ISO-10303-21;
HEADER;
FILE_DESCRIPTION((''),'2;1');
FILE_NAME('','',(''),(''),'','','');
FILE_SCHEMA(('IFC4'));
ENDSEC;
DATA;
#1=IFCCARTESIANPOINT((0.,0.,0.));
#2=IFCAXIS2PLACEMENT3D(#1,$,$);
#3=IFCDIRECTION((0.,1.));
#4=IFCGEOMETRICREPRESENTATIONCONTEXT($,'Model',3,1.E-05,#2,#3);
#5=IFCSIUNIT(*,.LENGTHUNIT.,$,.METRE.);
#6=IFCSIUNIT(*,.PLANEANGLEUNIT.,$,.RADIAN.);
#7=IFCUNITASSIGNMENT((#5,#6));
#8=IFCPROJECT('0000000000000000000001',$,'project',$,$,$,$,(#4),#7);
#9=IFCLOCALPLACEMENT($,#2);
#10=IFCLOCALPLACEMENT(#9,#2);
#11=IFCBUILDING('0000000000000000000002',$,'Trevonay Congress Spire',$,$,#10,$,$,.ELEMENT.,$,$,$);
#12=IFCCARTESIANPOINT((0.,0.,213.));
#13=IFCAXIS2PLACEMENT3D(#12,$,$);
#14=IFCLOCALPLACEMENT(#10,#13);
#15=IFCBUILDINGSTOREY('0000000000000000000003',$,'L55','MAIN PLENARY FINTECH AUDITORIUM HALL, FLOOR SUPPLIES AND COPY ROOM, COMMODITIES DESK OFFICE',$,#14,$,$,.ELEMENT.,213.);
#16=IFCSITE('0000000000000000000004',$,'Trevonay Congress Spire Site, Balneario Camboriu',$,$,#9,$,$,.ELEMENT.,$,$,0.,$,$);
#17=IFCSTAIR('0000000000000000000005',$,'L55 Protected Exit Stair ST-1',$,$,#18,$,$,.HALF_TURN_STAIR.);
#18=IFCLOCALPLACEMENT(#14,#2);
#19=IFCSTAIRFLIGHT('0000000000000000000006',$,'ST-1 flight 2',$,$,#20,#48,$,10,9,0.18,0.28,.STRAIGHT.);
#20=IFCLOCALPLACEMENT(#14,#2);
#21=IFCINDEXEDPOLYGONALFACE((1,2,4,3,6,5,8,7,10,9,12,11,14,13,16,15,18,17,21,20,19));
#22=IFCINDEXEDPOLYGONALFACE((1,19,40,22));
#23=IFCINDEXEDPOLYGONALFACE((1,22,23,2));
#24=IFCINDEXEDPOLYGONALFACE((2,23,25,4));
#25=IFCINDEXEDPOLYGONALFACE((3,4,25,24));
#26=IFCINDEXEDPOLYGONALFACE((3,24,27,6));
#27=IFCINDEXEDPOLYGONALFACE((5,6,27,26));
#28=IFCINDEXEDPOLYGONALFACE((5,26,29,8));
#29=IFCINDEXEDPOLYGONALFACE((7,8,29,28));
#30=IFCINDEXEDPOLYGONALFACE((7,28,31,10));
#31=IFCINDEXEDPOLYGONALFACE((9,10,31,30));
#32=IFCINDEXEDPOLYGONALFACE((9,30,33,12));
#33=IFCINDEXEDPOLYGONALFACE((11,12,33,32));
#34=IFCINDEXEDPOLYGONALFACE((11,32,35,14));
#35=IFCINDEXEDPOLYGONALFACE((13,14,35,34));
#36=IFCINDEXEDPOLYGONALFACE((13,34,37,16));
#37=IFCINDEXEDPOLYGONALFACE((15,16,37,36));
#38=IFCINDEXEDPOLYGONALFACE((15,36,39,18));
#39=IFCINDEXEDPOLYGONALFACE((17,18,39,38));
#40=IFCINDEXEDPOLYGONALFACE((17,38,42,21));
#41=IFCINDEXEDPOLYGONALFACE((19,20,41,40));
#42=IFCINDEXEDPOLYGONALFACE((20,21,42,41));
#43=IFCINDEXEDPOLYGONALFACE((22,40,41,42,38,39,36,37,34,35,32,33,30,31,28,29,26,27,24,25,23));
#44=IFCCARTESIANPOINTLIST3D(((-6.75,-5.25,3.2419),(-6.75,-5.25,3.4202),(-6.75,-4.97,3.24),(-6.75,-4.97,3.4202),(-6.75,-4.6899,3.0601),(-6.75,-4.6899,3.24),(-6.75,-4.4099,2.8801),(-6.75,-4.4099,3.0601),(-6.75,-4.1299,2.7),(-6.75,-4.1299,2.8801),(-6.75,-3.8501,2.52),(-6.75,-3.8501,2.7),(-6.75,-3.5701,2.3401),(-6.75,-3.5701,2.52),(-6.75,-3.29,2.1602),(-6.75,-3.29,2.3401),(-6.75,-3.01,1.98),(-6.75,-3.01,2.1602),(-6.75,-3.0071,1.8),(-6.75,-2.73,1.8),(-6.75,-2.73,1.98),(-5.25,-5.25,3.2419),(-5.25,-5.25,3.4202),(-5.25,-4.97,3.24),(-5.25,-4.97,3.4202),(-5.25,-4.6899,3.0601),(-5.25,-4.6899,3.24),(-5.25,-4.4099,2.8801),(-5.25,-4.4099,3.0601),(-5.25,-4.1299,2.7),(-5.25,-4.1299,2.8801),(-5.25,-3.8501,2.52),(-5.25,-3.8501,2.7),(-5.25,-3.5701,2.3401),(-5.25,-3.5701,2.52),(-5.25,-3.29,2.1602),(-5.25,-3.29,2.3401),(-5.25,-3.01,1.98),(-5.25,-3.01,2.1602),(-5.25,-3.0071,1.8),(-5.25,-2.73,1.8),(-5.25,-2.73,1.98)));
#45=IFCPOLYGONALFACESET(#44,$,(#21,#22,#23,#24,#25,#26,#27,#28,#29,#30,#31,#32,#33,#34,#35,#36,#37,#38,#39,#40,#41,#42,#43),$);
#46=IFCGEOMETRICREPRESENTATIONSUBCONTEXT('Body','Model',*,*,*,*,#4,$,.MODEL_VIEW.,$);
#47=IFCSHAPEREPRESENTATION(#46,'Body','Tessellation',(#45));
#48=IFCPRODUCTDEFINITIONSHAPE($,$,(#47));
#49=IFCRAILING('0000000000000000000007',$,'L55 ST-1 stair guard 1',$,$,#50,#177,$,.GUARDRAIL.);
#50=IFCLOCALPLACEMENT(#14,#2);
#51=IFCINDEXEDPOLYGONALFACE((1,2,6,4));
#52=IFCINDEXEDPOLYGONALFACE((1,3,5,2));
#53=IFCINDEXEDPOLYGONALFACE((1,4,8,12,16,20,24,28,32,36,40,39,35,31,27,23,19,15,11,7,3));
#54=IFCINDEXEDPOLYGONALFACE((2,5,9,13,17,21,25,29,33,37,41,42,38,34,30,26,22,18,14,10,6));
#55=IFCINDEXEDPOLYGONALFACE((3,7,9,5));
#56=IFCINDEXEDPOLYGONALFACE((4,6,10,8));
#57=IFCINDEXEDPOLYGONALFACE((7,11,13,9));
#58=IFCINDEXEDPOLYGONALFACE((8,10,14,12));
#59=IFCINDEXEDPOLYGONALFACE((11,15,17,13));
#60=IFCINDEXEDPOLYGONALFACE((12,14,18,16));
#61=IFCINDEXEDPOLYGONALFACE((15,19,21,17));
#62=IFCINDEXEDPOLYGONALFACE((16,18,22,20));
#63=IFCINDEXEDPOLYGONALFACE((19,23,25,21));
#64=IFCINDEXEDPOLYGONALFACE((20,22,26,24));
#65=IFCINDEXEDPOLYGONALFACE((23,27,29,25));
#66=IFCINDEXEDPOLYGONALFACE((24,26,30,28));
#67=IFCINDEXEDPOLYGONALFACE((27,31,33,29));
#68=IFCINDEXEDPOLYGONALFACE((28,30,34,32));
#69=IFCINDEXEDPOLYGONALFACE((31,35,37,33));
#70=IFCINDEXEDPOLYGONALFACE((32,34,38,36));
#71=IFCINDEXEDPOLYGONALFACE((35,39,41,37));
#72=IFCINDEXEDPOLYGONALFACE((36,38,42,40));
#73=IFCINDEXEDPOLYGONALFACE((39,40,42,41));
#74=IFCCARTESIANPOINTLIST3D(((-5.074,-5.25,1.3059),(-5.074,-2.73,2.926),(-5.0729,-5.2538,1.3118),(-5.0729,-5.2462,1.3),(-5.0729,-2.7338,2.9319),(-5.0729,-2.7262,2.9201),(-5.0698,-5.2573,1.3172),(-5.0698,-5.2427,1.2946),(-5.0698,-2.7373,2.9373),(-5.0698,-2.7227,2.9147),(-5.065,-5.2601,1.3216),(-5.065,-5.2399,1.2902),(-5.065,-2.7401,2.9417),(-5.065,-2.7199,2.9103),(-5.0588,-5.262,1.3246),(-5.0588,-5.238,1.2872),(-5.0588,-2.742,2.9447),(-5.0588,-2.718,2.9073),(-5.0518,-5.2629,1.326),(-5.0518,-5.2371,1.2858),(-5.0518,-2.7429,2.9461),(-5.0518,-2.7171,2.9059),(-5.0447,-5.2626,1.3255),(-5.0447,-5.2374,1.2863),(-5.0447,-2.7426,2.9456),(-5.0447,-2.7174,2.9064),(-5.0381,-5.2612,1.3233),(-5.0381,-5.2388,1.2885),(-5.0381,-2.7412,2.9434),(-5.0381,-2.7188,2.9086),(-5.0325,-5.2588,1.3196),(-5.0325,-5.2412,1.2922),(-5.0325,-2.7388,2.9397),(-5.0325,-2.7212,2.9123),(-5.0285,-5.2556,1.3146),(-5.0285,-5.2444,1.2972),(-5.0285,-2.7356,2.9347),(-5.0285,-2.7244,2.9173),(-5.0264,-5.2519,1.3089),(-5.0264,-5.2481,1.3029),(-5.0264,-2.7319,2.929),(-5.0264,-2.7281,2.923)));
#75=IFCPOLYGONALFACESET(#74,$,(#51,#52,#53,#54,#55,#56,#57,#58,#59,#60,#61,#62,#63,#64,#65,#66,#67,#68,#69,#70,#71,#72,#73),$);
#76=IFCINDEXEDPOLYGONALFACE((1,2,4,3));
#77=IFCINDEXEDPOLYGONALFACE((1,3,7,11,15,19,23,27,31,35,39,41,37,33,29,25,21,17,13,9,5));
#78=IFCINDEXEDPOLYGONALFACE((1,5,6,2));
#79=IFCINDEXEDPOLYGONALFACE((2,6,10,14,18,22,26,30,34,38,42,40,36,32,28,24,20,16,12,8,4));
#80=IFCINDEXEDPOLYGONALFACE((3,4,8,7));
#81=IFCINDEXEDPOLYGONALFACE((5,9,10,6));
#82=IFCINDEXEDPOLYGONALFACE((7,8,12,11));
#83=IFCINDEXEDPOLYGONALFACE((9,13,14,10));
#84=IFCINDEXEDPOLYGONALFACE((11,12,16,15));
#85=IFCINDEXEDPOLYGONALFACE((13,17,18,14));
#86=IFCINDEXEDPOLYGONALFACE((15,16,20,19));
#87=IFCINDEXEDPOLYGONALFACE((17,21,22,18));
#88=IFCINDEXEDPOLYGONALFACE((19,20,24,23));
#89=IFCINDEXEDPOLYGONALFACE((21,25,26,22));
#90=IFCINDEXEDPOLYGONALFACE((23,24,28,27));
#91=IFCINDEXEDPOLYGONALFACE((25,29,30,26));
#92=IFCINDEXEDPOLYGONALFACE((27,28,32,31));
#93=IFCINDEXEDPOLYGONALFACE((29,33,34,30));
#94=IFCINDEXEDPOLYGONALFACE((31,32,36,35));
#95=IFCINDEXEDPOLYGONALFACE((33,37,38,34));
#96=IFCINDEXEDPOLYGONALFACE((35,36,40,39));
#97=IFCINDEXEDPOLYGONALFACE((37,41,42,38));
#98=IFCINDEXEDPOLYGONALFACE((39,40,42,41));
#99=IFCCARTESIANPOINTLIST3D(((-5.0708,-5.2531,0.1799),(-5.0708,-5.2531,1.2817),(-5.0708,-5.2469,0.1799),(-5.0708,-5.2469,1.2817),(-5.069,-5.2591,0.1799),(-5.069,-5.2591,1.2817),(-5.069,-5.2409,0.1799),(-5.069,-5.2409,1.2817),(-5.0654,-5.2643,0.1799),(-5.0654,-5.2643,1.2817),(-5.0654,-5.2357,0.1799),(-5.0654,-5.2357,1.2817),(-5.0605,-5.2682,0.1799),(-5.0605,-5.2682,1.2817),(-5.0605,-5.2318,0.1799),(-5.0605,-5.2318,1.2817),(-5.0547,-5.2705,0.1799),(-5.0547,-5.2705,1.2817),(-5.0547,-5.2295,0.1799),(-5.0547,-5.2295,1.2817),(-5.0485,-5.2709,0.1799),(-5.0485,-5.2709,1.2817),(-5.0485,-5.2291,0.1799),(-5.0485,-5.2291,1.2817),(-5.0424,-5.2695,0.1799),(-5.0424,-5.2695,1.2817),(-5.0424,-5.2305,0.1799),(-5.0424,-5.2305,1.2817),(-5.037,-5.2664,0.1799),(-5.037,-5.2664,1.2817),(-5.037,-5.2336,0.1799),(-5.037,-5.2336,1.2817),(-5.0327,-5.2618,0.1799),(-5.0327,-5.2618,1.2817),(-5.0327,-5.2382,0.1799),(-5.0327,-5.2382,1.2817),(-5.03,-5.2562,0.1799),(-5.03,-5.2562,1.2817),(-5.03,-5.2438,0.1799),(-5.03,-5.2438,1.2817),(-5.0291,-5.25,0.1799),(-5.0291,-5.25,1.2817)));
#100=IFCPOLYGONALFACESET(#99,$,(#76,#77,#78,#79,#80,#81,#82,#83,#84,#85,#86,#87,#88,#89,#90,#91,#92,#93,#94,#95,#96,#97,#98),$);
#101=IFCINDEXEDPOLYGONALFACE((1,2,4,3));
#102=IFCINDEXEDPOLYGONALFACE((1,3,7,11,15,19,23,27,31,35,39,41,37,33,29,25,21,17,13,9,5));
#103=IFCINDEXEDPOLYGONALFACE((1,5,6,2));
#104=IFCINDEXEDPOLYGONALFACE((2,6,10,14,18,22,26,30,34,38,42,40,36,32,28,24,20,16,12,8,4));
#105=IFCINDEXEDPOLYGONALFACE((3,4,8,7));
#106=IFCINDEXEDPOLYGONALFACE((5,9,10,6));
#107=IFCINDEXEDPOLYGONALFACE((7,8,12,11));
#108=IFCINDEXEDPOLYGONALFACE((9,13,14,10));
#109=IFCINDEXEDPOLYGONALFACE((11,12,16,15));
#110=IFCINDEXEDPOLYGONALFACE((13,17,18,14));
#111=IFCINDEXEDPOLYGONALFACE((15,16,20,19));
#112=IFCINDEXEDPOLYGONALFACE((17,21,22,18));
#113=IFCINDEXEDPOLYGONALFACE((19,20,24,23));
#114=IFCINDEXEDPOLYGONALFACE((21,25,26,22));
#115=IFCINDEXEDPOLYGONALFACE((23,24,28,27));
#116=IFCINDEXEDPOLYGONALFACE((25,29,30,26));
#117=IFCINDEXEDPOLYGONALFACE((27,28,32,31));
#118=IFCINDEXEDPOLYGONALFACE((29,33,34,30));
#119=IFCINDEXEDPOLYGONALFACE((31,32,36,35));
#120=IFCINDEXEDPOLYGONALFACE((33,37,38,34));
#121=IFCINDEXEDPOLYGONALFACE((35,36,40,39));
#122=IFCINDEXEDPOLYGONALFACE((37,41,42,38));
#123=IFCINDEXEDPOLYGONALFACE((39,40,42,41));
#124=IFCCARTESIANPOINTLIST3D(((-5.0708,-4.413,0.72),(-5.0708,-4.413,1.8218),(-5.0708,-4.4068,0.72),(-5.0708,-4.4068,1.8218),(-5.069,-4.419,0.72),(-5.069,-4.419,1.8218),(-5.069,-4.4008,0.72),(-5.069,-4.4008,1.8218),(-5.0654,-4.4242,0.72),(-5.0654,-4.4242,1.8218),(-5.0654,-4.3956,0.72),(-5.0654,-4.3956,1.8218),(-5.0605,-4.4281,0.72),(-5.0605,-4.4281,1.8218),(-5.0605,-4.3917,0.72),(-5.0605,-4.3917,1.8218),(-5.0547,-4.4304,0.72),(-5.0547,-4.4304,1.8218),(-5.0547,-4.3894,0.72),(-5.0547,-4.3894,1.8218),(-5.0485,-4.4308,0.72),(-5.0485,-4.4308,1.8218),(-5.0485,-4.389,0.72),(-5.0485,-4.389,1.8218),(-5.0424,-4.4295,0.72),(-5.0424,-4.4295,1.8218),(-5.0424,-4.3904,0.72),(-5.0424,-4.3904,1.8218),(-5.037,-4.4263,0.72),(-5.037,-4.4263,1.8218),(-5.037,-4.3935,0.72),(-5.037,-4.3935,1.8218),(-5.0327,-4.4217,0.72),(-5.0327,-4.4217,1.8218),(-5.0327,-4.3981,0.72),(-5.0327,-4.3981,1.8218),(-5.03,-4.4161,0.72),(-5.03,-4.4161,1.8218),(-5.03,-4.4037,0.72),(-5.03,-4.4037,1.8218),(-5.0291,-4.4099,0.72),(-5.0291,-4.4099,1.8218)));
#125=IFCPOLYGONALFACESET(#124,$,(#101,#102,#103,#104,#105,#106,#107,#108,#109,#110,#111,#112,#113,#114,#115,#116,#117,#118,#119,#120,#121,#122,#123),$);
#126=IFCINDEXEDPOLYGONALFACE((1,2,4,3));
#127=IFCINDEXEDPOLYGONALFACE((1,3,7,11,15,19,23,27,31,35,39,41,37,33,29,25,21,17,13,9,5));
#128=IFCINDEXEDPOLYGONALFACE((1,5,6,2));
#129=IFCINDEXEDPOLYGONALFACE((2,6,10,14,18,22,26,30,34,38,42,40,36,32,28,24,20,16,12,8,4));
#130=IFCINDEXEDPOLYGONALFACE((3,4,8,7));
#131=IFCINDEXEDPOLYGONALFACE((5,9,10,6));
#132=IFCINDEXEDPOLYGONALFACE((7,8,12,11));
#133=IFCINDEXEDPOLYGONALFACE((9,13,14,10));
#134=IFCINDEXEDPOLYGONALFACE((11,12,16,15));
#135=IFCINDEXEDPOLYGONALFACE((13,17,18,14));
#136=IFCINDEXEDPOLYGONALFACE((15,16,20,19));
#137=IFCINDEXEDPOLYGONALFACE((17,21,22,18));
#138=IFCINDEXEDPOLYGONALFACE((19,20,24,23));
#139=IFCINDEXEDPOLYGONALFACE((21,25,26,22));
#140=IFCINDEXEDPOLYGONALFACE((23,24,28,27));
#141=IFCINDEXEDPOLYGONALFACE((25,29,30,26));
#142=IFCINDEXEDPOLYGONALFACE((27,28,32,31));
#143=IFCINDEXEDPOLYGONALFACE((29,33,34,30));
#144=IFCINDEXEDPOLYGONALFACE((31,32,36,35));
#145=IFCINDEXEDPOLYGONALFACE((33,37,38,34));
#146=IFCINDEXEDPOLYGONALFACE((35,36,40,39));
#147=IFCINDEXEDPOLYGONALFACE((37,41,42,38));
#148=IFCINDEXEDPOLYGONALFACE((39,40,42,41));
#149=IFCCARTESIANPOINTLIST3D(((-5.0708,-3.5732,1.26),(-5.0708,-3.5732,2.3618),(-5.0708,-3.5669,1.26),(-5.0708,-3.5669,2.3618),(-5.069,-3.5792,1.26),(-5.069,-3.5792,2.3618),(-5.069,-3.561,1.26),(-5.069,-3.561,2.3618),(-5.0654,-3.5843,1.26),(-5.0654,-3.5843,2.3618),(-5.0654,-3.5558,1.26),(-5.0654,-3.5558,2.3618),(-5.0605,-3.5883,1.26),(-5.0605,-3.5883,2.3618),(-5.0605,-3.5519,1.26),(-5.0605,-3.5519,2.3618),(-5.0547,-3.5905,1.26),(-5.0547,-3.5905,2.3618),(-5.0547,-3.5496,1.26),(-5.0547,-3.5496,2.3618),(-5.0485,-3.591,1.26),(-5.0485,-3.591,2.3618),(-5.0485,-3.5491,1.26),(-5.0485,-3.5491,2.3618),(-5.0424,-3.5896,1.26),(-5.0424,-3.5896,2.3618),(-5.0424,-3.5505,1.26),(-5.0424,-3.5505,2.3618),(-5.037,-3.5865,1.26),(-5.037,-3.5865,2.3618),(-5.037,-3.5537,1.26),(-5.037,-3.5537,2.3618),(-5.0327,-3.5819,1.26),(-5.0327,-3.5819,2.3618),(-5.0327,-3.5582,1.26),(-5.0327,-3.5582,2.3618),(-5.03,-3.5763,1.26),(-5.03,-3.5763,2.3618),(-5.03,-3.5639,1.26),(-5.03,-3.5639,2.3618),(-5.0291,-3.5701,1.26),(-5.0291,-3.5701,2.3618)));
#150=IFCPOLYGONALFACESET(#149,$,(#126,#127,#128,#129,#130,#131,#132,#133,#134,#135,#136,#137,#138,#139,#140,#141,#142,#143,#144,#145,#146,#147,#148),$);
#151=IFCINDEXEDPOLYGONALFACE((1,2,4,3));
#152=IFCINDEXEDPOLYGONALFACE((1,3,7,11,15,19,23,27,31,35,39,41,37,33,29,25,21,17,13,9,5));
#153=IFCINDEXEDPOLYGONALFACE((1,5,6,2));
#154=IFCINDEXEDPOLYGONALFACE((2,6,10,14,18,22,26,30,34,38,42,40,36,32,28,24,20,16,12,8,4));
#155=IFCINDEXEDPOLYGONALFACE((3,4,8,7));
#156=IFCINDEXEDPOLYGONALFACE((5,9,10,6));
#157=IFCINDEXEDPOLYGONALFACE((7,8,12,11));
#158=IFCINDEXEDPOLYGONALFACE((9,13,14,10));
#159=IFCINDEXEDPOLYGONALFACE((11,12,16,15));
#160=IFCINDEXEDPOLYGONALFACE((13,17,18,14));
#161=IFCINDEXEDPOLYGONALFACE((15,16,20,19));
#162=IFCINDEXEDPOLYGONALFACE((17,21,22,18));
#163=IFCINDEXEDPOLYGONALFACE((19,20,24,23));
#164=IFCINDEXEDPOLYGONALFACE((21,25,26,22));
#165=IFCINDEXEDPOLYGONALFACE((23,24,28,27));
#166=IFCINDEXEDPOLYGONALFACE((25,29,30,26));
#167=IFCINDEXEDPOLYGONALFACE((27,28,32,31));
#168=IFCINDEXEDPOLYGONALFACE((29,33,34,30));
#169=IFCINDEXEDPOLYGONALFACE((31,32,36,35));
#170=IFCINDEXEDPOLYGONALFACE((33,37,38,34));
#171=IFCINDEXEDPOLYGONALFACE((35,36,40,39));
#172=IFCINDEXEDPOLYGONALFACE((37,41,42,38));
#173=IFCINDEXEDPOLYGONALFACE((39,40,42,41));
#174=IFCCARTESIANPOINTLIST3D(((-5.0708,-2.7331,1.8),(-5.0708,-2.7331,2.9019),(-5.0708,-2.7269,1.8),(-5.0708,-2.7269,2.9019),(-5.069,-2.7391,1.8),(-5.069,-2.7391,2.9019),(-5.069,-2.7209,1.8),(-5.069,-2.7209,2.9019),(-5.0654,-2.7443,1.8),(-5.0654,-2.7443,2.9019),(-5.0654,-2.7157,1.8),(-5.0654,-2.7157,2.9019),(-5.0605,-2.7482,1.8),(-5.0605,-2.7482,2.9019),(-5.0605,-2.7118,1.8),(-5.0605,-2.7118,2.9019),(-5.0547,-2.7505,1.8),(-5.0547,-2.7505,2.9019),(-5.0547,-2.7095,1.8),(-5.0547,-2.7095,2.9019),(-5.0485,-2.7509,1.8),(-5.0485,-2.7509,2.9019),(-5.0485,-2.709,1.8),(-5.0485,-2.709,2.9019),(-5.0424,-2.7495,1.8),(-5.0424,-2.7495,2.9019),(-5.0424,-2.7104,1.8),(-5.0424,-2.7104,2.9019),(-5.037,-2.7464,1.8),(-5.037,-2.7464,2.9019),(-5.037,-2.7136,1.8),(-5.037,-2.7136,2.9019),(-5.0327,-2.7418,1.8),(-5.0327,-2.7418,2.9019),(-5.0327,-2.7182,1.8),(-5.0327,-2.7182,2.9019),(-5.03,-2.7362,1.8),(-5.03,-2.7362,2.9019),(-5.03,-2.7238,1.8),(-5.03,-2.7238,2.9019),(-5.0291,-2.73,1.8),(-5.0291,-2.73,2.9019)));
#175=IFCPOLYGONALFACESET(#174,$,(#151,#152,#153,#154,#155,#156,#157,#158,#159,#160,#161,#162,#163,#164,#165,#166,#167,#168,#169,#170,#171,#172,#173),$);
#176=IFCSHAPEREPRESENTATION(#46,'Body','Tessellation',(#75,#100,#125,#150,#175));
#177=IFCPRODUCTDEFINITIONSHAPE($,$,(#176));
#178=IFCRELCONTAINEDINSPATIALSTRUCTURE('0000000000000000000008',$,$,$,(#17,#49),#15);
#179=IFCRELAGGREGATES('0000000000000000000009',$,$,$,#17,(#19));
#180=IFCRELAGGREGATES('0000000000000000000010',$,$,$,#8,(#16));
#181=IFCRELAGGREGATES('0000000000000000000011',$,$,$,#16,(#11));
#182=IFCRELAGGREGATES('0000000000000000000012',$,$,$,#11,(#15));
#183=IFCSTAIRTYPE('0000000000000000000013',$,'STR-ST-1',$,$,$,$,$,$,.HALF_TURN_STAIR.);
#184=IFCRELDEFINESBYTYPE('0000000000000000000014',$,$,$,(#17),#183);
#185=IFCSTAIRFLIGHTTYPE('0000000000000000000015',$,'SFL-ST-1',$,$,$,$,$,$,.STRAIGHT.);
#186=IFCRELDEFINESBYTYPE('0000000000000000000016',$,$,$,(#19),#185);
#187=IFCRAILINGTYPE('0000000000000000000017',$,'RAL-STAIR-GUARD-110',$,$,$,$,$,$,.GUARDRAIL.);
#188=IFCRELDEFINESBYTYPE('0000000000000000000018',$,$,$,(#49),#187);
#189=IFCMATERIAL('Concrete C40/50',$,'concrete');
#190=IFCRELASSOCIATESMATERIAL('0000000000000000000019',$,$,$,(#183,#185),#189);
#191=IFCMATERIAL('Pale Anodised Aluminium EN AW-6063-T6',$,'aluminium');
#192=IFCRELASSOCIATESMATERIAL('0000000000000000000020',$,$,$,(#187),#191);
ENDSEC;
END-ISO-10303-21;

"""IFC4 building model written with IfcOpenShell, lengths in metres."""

from ifc_helpers import new_model, si_unit, direction, frame, origin, origin_2d, place, context, subcontext, project, spatial, polyline, circle, outline, extrude, material, type_object, element, aggregate, save


model = new_model("IFC4")

# Units and contexts
model_context = context("Model", 3, precision=1e-05, world=origin(), true_north=direction((0.0, 1.0)))
body_context = subcontext(model_context, "Body", "Model", "MODEL_VIEW")
ifc_project = project(units=[si_unit("LENGTHUNIT", "METRE"), si_unit("PLANEANGLEUNIT", "RADIAN")], contexts=[model_context])

# Site, building, storey
site_placement = place(None, origin())
site = spatial("IfcSite", under=ifc_project, at=site_placement, Name="Trevonay Congress Spire Site, Balneario Camboriu", CompositionType="ELEMENT", RefElevation=0.0)
building_placement = place(site_placement, origin())
building = spatial("IfcBuilding", under=site, at=building_placement, Name="Trevonay Congress Spire", CompositionType="ELEMENT")
storey_placement = place(building_placement, frame((0.0, 0.0, 213.0)))
storey = spatial("IfcBuildingStorey", under=building, at=storey_placement, Name="L55", Description="MAIN PLENARY FINTECH AUDITORIUM HALL, FLOOR SUPPLIES AND COPY ROOM, COMMODITIES DESK OFFICE", CompositionType="ELEMENT", Elevation=213.0)

# Shared definitions
ifc_material_1 = material(Name="Concrete C40/50", Category="concrete")

# Stair, stair flight
stair_type = type_object("IfcStairType", Name="STR-ST-1", PredefinedType="HALF_TURN_STAIR", material=ifc_material_1)
stair_placement = place(storey_placement, origin())
stair = element("IfcStair", 1, at=stair_placement, inside=storey, type_object=stair_type, Name="L55 Protected Exit Stair ST-1", PredefinedType="HALF_TURN_STAIR")
stair_flight_type = type_object("IfcStairFlightType", Name="SFL-ST-1", PredefinedType="STRAIGHT", material=ifc_material_1)
stair_flight_1_placement = place(storey_placement, frame((-6.0, -2.73, 1.8), z_axis=(0.0, 0.0, 1.0), x_axis=(0.0, -1.0, 0.0)))
stair_flight_1 = element("IfcStairFlight", 2, at=stair_flight_1_placement, type_object=stair_flight_type, Name="ST-1 flight 2", NumberOfRisers=10, NumberOfTreads=9, PredefinedType="STRAIGHT", RiserHeight=0.18, TreadLength=0.28, context=body_context, shape_type="SweptSolid", body=[
    extrude(outline(polyline([(0.0, 0.0), (0.0, 0.1799), (0.28, 0.1799), (0.28, 0.3601), (0.5601, 0.3601), (0.5601, 0.54), (0.8401, 0.54), (0.8401, 0.72), (1.1201, 0.72), (1.1201, 0.8999), (1.3999, 0.8999), (1.3999, 1.0801), (1.6799, 1.0801), (1.6799, 1.26), (1.96, 1.26), (1.96, 1.4399), (2.24, 1.4399), (2.24, 1.6201), (2.52, 1.6201), (2.52, 1.8), (2.52, 1.4419), (0.2771, 0.0), (0.0, 0.0)])), frame((0.0, 0.75, 0.0), z_axis=(0.0, -1.0, 0.0), x_axis=(1.0, 0.0, 0.0)), (0.0, 0.0, 1.0), 1.5),
])
aggregate(stair, [stair_flight_1])

# Railing
ifc_material_2 = material(Name="Pale Anodised Aluminium EN AW-6063-T6", Category="aluminium")
railing_type_1 = type_object("IfcRailingType", Name="RAL-STAIR-GUARD-110", PredefinedType="GUARDRAIL", material=ifc_material_2)
railing_1_placement = place(storey_placement, frame((-5.05, -5.25, 0.1799)))
element("IfcRailing", 3, at=railing_1_placement, inside=storey, type_object=railing_type_1, Name="L55 ST-1 stair guard 1", PredefinedType="GUARDRAIL", context=body_context, shape_type="SweptSolid", body=[
    extrude(circle(Radius=0.0239, at=origin_2d()), frame((0.0, 0.0, 1.126), z_axis=(0.0, 0.841163, 0.540782), x_axis=(-1.0, 0.0, 0.0)), (0.0, 0.0, 1.0), 2.9958),
    extrude(circle(Radius=0.021, at=origin_2d()), origin(), (0.0, 0.0, 1.0), 1.1018),
    extrude(circle(Radius=0.021, at=origin_2d()), frame((0.0, 0.8401, 0.54)), (0.0, 0.0, 1.0), 1.1018),
    extrude(circle(Radius=0.021, at=origin_2d()), frame((0.0, 1.6799, 1.0801)), (0.0, 0.0, 1.0), 1.1018),
    extrude(circle(Radius=0.021, at=origin_2d()), frame((0.0, 2.52, 1.6201)), (0.0, 0.0, 1.0), 1.1018),
])

save(model, "model.ifc")
